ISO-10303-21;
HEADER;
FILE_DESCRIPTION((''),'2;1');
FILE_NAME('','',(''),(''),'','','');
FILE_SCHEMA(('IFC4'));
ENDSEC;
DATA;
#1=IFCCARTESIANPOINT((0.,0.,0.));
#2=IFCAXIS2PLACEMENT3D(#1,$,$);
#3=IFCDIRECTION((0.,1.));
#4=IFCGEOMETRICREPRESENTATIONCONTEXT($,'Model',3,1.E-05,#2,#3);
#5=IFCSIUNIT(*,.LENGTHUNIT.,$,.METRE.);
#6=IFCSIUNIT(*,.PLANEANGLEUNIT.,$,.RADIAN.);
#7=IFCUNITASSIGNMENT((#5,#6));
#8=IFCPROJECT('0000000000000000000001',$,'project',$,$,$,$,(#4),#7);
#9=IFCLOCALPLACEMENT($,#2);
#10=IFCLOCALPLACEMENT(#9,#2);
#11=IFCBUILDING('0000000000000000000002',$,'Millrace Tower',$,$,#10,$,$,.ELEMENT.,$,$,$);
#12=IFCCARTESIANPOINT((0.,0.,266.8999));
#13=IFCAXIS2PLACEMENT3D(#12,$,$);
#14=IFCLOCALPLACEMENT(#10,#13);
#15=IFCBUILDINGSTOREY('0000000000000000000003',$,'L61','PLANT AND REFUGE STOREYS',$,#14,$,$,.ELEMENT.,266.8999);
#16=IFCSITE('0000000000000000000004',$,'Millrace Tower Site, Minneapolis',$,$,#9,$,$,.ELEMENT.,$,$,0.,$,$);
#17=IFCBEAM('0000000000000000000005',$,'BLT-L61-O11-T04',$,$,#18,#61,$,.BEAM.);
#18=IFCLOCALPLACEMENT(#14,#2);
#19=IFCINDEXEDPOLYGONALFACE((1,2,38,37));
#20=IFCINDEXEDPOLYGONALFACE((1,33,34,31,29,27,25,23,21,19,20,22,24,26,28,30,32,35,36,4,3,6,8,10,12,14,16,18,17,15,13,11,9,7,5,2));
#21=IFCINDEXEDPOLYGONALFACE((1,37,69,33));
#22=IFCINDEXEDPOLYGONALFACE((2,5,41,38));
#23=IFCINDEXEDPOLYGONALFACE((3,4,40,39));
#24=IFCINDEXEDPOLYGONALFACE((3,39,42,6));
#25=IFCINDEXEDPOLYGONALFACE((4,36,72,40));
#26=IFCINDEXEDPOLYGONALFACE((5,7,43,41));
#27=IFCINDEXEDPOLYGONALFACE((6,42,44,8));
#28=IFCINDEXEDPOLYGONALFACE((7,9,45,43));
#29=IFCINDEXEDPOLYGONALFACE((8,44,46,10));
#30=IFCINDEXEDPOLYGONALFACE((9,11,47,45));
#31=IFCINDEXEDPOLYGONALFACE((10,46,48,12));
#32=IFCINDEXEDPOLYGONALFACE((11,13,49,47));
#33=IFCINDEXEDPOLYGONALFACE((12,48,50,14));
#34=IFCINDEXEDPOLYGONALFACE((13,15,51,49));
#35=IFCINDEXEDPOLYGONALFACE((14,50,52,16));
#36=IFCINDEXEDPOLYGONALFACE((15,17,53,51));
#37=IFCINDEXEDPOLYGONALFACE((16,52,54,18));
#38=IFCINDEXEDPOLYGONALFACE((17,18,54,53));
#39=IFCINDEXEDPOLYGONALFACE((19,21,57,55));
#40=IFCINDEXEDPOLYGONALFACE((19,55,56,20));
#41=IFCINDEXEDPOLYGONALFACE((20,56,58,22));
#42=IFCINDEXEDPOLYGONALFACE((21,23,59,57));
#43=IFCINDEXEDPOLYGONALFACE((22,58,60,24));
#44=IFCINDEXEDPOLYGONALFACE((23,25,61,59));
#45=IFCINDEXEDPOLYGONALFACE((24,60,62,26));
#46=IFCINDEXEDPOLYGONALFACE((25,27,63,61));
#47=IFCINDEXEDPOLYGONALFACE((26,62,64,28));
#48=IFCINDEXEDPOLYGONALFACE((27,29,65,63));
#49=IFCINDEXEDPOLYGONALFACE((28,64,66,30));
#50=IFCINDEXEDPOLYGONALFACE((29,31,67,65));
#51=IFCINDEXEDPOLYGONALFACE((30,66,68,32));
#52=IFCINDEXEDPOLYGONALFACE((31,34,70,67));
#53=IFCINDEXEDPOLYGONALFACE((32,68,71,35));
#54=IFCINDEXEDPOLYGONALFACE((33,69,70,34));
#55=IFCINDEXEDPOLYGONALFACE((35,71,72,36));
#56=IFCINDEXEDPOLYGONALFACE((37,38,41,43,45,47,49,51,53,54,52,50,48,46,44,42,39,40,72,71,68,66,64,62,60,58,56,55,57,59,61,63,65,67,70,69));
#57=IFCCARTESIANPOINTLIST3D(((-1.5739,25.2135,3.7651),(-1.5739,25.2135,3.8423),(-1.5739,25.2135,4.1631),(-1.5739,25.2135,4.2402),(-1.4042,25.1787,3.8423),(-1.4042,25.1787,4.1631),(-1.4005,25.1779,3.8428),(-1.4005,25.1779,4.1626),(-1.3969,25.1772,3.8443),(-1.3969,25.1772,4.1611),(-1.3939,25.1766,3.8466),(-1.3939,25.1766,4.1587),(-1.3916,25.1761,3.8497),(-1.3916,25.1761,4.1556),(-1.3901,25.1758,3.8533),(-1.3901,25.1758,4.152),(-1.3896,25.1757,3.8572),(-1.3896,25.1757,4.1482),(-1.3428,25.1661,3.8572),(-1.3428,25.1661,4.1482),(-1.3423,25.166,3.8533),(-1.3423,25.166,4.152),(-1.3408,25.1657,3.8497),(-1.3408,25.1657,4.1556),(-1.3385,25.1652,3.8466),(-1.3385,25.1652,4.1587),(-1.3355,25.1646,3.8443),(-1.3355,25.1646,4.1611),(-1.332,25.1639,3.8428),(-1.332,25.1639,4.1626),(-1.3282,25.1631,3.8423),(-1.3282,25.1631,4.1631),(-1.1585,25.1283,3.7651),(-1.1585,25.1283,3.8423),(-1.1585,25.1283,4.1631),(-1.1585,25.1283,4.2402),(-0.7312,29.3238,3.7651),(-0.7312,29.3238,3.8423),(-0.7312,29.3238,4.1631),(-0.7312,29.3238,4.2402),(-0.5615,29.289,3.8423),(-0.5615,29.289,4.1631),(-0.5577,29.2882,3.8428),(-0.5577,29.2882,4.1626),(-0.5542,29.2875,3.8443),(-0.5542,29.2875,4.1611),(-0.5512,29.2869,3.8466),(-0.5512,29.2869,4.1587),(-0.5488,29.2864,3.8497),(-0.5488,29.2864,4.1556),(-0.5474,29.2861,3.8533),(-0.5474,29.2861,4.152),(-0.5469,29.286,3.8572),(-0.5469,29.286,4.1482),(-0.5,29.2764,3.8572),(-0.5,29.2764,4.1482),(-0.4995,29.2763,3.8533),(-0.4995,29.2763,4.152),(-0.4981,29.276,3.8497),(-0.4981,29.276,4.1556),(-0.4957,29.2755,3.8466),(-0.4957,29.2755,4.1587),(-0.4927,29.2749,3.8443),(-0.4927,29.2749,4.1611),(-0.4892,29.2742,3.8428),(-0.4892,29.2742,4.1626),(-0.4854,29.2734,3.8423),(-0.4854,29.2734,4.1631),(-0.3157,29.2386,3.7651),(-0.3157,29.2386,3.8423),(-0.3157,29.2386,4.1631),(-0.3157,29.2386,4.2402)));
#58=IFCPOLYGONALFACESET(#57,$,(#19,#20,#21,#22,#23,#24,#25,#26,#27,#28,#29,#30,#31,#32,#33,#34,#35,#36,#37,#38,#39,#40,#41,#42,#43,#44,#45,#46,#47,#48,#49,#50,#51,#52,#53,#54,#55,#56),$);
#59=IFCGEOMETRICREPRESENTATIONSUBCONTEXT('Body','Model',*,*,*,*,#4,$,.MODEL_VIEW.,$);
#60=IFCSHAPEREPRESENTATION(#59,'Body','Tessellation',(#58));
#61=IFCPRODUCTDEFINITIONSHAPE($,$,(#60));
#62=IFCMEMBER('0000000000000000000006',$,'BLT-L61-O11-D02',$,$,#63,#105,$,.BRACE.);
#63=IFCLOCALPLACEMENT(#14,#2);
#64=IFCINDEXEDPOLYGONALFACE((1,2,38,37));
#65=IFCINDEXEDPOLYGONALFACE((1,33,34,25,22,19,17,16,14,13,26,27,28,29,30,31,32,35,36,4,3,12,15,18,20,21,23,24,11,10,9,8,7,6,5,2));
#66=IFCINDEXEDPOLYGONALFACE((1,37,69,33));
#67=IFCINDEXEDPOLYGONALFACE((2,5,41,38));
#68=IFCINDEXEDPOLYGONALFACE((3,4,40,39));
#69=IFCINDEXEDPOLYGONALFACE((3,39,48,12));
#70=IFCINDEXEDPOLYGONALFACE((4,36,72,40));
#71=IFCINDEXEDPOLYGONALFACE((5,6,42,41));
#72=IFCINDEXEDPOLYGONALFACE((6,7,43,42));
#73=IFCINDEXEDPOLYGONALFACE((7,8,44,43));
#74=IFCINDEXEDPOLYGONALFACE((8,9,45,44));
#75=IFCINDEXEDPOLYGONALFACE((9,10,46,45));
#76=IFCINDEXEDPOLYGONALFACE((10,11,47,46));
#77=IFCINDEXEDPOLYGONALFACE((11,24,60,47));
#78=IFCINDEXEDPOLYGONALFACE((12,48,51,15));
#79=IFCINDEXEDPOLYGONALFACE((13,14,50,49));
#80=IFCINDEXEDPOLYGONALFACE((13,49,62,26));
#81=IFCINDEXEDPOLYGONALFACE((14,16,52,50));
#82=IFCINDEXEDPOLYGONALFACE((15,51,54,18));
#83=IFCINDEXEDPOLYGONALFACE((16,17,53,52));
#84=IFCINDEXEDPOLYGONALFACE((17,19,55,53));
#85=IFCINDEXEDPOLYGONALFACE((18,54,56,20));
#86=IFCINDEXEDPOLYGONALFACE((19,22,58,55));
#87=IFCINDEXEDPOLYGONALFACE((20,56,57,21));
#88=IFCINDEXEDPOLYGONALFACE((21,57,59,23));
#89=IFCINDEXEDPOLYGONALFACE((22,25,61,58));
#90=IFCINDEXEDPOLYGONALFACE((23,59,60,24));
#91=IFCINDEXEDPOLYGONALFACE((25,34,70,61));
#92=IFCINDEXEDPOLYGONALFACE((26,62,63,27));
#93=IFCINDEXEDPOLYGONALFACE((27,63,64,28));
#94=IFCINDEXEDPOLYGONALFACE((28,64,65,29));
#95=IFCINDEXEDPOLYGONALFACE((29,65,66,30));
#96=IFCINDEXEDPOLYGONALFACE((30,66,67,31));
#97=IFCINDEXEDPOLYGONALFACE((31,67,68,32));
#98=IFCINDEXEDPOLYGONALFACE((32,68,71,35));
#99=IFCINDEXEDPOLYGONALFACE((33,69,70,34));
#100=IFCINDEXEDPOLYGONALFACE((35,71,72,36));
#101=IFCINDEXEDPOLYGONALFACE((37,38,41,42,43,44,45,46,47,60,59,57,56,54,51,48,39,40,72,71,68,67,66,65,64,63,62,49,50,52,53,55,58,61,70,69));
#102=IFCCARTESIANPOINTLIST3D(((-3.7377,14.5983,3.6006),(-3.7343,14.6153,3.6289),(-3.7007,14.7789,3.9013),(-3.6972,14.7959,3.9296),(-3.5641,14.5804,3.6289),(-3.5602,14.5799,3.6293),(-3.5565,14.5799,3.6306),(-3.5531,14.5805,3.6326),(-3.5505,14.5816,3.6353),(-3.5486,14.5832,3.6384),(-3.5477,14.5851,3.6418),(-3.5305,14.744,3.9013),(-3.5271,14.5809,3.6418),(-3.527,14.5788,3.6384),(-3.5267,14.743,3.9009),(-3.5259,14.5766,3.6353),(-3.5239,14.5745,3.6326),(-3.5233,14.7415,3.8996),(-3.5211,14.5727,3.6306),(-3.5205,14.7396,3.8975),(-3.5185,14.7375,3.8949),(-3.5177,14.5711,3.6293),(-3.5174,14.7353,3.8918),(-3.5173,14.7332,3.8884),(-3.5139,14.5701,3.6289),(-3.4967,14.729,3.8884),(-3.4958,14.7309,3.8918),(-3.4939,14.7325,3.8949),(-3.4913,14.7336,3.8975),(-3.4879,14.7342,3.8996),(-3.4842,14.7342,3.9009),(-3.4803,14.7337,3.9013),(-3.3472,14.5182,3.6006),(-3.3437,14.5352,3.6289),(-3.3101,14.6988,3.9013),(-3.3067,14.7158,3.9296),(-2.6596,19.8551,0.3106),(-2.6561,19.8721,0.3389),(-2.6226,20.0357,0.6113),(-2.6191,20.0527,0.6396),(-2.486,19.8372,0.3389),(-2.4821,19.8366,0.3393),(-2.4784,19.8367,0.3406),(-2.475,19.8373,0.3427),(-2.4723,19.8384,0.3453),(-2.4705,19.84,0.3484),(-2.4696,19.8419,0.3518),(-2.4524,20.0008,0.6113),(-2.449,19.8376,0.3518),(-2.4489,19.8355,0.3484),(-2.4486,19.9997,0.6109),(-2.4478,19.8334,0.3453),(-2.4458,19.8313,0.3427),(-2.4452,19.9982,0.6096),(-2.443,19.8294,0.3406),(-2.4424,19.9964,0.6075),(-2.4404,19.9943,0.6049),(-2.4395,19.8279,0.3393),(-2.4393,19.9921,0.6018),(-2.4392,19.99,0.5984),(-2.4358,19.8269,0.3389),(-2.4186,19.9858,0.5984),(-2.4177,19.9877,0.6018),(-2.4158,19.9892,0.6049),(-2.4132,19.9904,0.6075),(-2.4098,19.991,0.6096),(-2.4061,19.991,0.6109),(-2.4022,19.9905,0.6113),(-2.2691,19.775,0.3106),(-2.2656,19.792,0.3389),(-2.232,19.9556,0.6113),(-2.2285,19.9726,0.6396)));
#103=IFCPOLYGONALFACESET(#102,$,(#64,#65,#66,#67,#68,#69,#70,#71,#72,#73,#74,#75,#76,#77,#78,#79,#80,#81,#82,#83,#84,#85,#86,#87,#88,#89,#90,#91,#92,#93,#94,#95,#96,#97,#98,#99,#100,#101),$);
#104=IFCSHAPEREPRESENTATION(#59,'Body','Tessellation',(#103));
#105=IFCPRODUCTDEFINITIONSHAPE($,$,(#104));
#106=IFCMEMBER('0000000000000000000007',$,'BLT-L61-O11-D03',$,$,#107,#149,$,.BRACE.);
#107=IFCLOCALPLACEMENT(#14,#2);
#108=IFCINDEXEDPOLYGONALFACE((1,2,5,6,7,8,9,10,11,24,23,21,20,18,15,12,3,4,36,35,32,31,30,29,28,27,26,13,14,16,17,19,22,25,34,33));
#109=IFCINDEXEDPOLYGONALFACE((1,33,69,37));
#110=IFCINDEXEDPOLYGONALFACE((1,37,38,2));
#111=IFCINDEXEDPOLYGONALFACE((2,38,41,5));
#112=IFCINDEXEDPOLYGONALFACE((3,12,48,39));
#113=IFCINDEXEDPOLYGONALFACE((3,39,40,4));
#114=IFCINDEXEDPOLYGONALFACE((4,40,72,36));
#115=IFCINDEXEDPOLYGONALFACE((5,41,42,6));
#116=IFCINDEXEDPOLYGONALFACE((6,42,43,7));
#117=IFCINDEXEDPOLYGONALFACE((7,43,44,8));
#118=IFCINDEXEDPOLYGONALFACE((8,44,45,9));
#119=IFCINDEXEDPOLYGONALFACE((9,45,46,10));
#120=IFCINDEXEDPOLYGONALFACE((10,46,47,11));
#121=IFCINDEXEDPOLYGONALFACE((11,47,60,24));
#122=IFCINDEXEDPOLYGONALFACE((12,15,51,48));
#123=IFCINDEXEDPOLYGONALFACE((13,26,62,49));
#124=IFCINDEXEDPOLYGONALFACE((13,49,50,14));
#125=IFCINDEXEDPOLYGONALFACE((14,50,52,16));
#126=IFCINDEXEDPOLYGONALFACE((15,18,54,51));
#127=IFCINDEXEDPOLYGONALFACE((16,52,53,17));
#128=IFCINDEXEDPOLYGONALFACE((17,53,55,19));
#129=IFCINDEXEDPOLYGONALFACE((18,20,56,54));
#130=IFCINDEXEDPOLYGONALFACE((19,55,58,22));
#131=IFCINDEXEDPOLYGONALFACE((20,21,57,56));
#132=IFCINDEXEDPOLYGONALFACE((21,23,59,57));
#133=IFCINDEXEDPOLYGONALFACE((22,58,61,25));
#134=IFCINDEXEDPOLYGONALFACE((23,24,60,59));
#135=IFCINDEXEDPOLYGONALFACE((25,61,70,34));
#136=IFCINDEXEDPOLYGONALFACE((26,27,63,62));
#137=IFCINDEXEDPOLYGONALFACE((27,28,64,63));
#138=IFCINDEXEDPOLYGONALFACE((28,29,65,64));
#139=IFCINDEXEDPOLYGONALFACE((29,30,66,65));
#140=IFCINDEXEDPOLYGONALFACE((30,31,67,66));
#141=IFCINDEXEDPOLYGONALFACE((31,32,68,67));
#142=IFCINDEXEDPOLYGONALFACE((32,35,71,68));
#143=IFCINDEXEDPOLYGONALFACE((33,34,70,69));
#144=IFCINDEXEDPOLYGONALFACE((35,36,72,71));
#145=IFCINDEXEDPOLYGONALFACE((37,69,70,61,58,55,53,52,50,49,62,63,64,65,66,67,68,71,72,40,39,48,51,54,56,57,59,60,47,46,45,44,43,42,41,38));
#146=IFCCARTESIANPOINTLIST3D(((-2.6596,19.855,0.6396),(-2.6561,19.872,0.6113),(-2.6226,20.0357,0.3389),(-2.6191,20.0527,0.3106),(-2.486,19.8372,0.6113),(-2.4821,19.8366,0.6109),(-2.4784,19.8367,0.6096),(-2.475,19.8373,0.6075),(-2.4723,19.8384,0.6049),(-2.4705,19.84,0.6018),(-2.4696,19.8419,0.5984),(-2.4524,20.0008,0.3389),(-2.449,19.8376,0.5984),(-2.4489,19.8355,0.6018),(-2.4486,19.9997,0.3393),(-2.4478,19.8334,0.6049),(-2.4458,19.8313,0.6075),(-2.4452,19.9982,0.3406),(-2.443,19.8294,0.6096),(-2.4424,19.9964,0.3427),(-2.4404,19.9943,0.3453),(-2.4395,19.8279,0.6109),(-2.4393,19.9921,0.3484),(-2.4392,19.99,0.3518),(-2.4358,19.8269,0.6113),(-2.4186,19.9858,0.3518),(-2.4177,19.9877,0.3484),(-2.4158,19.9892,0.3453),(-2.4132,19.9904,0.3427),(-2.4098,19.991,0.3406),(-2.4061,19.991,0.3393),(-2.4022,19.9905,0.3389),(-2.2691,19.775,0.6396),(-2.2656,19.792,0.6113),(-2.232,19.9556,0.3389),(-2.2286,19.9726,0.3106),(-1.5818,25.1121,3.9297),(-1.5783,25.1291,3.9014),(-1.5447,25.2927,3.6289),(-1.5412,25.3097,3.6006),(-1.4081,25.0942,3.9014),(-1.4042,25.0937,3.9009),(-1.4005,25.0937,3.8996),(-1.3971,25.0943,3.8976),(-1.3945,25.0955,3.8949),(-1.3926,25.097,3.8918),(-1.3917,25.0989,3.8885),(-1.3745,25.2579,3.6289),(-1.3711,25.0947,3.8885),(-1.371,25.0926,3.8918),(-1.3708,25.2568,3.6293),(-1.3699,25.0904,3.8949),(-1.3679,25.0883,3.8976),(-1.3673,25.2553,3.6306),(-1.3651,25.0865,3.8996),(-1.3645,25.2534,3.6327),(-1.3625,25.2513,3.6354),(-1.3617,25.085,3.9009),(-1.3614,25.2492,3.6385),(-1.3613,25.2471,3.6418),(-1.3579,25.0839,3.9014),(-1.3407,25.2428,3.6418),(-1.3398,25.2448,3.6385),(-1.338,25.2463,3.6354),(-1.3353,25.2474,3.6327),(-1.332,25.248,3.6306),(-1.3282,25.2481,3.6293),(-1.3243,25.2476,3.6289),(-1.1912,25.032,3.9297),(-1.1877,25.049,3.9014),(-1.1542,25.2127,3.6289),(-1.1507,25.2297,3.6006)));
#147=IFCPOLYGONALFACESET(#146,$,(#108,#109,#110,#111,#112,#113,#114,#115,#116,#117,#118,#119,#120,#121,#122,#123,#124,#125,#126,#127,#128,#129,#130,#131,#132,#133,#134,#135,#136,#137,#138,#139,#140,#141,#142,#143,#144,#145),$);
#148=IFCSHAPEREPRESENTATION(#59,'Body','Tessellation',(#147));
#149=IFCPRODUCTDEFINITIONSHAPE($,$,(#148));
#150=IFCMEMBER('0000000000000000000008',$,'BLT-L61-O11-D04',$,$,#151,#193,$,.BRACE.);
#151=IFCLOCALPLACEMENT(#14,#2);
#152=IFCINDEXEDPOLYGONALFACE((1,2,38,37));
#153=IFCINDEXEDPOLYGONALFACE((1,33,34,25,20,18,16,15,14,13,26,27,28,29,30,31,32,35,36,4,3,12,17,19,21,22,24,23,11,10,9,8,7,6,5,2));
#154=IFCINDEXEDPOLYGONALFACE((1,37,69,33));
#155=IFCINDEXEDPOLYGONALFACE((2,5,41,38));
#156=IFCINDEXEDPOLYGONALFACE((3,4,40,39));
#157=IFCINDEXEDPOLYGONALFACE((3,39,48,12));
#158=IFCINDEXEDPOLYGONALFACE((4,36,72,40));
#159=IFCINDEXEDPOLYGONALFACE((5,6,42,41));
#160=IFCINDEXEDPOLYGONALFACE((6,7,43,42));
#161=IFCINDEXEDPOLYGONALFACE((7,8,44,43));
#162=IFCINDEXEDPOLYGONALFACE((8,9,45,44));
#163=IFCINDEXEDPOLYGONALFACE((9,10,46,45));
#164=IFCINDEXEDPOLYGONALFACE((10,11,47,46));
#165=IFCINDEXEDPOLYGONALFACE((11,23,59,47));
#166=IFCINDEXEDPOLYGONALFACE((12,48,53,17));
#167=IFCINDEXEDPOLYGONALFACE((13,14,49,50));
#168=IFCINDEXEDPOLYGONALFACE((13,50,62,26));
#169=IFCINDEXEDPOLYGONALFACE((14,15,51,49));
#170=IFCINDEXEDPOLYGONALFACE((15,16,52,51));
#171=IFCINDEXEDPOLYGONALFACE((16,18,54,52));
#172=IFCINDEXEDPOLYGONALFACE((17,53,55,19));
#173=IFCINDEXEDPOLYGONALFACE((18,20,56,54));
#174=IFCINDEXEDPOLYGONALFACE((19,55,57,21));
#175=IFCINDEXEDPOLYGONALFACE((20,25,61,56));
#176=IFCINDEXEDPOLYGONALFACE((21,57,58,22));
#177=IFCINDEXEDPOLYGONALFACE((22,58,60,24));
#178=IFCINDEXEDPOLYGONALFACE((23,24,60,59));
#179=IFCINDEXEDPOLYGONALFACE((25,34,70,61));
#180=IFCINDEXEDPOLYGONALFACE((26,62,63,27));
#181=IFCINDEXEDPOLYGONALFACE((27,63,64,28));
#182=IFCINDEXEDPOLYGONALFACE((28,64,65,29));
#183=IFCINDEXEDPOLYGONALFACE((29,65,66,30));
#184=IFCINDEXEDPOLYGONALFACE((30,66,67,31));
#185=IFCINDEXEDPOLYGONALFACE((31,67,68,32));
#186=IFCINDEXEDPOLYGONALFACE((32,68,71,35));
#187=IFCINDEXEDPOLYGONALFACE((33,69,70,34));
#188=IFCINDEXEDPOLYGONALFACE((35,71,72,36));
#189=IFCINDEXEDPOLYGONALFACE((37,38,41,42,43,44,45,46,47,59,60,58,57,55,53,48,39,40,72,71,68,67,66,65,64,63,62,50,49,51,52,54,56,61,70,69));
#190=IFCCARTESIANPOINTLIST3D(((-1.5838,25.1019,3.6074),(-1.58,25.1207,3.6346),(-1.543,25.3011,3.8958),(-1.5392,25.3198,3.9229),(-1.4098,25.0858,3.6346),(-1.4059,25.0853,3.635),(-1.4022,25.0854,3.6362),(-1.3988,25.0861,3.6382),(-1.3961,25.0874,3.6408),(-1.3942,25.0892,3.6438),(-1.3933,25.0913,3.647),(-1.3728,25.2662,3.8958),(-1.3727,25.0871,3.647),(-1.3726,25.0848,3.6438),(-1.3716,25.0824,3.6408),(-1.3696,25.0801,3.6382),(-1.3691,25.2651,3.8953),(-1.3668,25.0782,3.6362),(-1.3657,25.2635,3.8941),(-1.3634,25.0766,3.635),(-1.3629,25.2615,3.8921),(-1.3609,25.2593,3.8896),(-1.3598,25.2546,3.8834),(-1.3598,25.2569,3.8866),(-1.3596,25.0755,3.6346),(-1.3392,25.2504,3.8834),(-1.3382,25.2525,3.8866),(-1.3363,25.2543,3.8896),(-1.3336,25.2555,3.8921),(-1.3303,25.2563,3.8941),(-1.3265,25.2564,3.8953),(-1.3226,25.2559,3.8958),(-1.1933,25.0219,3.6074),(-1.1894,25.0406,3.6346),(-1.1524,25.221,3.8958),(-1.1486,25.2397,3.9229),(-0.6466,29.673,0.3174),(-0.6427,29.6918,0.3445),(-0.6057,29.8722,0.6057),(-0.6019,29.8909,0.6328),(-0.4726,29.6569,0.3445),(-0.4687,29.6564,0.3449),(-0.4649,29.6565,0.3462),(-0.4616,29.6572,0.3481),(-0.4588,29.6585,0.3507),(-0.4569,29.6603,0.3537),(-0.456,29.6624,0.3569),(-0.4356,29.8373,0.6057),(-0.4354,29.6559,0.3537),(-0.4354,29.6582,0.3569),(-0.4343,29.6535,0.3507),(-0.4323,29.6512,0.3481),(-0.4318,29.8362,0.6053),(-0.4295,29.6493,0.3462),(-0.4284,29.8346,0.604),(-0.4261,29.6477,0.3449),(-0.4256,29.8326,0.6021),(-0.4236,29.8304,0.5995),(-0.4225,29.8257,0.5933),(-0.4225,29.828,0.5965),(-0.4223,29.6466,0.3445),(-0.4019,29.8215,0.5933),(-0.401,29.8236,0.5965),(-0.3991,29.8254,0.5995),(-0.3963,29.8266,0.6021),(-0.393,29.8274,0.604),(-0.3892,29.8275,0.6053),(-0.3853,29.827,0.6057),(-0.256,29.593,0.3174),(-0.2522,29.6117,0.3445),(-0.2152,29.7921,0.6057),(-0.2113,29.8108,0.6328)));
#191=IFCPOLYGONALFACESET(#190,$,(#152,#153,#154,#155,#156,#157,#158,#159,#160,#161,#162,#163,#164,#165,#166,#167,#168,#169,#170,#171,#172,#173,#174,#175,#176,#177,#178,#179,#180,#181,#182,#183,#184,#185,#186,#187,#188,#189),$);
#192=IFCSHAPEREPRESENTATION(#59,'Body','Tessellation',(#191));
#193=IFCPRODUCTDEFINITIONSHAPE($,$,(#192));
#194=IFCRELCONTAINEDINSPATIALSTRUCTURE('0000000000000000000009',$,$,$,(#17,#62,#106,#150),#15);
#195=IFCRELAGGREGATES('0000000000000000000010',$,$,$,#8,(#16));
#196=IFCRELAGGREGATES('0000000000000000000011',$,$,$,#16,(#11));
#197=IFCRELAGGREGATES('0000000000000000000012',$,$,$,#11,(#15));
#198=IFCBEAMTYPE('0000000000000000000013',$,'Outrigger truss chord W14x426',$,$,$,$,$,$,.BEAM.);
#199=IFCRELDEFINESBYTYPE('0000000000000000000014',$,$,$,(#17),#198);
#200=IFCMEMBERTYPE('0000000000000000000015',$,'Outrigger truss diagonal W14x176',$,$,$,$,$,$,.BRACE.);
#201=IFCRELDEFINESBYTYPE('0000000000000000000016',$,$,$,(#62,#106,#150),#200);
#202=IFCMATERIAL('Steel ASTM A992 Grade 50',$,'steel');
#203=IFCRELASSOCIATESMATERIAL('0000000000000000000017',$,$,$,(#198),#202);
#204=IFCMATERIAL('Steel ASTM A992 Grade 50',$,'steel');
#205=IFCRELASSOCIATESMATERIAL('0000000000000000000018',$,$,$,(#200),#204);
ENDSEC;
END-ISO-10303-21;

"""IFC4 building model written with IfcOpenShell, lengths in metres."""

from ifc_helpers import new_model, si_unit, direction, frame, origin, origin_2d, place, context, subcontext, project, spatial, i_section, extrude, material, material_profile, profile_set, type_object, element, save


model = new_model("IFC4")

# Units and contexts
model_context = context("Model", 3, precision=1e-05, world=origin(), true_north=direction((0.0, 1.0)))
body_context = subcontext(model_context, "Body", "Model", "MODEL_VIEW")
ifc_project = project(units=[si_unit("LENGTHUNIT", "METRE"), si_unit("PLANEANGLEUNIT", "RADIAN")], contexts=[model_context])

# Site, building, storey
site_placement = place(None, origin())
site = spatial("IfcSite", under=ifc_project, at=site_placement, Name="Millrace Tower Site, Minneapolis", CompositionType="ELEMENT", RefElevation=0.0)
building_placement = place(site_placement, origin())
building = spatial("IfcBuilding", under=site, at=building_placement, Name="Millrace Tower", CompositionType="ELEMENT")
storey_placement = place(building_placement, frame((0.0, 0.0, 266.8999)))
storey = spatial("IfcBuildingStorey", under=building, at=storey_placement, Name="L61", Description="PLANT AND REFUGE STOREYS", CompositionType="ELEMENT", Elevation=266.8999)

# Beam
ifc_material_1 = material(Name="Steel ASTM A992 Grade 50", Category="steel")
ifc_material_profile_1 = material_profile(ifc_material_1, i_section(OverallWidth=0.4241, OverallDepth=0.4751, WebThickness=0.0479, FlangeThickness=0.0771, FilletRadius=0.0149, at=origin_2d()))
ifc_profile_set_1 = profile_set([ifc_material_profile_1], Name="Steel ASTM A992 Grade 50")
beam_type_1 = type_object("IfcBeamType", Name="Outrigger truss chord W14x426", PredefinedType="BEAM", material=ifc_profile_set_1)
beam_1_placement = place(storey_placement, frame((-1.3662, 25.1709, 4.0027), z_axis=(0.200858, 0.97962, 0.0), x_axis=(-0.97962, 0.200858, 0.0)))
element("IfcBeam", 1, at=beam_1_placement, inside=storey, type_object=beam_type_1, Name="BLT-L61-O11-T04", PredefinedType="BEAM", context=body_context, shape_type="SweptSolid", body=[
    extrude(i_section(OverallWidth=0.4241, OverallDepth=0.4751, WebThickness=0.0479, FlangeThickness=0.0771, FilletRadius=0.0149, at=origin_2d()), origin(), (0.0, 0.0, 1.0), 4.1958),
])

# Members
ifc_material_2 = material(Name="Steel ASTM A992 Grade 50", Category="steel")
ifc_material_profile_2 = material_profile(ifc_material_2, i_section(OverallWidth=0.3987, OverallDepth=0.386, WebThickness=0.021, FlangeThickness=0.0332, FilletRadius=0.0151, at=origin_2d()))
ifc_profile_set_2 = profile_set([ifc_material_profile_2], Name="Steel ASTM A992 Grade 50")
member_type_1 = type_object("IfcMemberType", Name="Outrigger truss diagonal W14x176", PredefinedType="BRACE", material=ifc_profile_set_2)
member_1_placement = place(storey_placement, frame((-2.4441, 19.9138, 0.4751), z_axis=(-0.17128, -0.835144, 0.522683), x_axis=(0.97961, -0.200908, 0.0)))
element("IfcMember", 2, at=member_1_placement, inside=storey, type_object=member_type_1, Name="BLT-L61-O11-D02", PredefinedType="BRACE", context=body_context, shape_type="SweptSolid", body=[
    extrude(i_section(OverallWidth=0.3987, OverallDepth=0.386, WebThickness=0.021, FlangeThickness=0.0332, FilletRadius=0.0151, at=origin_2d()), origin(), (0.0, 0.0, 1.0), 6.2944),
])
member_2_placement = place(storey_placement, frame((-2.4441, 19.9138, 0.4751), z_axis=(0.171237, 0.835162, 0.522669), x_axis=(-0.979621, 0.200856, 0.0)))
element("IfcMember", 3, at=member_2_placement, inside=storey, type_object=member_type_1, Name="BLT-L61-O11-D03", PredefinedType="BRACE", context=body_context, shape_type="SweptSolid", body=[
    extrude(i_section(OverallWidth=0.3987, OverallDepth=0.386, WebThickness=0.021, FlangeThickness=0.0332, FilletRadius=0.0151, at=origin_2d()), origin(), (0.0, 0.0, 1.0), 6.2947),
])
member_3_placement = place(storey_placement, frame((-0.429, 29.7419, 0.4751), z_axis=(-0.16416, -0.800617, 0.576249), x_axis=(0.979619, -0.200863, 0.0)))
element("IfcMember", 4, at=member_3_placement, inside=storey, type_object=member_type_1, Name="BLT-L61-O11-D04", PredefinedType="BRACE", context=body_context, shape_type="SweptSolid", body=[
    extrude(i_section(OverallWidth=0.3987, OverallDepth=0.386, WebThickness=0.021, FlangeThickness=0.0332, FilletRadius=0.0151, at=origin_2d()), origin(), (0.0, 0.0, 1.0), 5.7095),
])

save(model, "model.ifc")
